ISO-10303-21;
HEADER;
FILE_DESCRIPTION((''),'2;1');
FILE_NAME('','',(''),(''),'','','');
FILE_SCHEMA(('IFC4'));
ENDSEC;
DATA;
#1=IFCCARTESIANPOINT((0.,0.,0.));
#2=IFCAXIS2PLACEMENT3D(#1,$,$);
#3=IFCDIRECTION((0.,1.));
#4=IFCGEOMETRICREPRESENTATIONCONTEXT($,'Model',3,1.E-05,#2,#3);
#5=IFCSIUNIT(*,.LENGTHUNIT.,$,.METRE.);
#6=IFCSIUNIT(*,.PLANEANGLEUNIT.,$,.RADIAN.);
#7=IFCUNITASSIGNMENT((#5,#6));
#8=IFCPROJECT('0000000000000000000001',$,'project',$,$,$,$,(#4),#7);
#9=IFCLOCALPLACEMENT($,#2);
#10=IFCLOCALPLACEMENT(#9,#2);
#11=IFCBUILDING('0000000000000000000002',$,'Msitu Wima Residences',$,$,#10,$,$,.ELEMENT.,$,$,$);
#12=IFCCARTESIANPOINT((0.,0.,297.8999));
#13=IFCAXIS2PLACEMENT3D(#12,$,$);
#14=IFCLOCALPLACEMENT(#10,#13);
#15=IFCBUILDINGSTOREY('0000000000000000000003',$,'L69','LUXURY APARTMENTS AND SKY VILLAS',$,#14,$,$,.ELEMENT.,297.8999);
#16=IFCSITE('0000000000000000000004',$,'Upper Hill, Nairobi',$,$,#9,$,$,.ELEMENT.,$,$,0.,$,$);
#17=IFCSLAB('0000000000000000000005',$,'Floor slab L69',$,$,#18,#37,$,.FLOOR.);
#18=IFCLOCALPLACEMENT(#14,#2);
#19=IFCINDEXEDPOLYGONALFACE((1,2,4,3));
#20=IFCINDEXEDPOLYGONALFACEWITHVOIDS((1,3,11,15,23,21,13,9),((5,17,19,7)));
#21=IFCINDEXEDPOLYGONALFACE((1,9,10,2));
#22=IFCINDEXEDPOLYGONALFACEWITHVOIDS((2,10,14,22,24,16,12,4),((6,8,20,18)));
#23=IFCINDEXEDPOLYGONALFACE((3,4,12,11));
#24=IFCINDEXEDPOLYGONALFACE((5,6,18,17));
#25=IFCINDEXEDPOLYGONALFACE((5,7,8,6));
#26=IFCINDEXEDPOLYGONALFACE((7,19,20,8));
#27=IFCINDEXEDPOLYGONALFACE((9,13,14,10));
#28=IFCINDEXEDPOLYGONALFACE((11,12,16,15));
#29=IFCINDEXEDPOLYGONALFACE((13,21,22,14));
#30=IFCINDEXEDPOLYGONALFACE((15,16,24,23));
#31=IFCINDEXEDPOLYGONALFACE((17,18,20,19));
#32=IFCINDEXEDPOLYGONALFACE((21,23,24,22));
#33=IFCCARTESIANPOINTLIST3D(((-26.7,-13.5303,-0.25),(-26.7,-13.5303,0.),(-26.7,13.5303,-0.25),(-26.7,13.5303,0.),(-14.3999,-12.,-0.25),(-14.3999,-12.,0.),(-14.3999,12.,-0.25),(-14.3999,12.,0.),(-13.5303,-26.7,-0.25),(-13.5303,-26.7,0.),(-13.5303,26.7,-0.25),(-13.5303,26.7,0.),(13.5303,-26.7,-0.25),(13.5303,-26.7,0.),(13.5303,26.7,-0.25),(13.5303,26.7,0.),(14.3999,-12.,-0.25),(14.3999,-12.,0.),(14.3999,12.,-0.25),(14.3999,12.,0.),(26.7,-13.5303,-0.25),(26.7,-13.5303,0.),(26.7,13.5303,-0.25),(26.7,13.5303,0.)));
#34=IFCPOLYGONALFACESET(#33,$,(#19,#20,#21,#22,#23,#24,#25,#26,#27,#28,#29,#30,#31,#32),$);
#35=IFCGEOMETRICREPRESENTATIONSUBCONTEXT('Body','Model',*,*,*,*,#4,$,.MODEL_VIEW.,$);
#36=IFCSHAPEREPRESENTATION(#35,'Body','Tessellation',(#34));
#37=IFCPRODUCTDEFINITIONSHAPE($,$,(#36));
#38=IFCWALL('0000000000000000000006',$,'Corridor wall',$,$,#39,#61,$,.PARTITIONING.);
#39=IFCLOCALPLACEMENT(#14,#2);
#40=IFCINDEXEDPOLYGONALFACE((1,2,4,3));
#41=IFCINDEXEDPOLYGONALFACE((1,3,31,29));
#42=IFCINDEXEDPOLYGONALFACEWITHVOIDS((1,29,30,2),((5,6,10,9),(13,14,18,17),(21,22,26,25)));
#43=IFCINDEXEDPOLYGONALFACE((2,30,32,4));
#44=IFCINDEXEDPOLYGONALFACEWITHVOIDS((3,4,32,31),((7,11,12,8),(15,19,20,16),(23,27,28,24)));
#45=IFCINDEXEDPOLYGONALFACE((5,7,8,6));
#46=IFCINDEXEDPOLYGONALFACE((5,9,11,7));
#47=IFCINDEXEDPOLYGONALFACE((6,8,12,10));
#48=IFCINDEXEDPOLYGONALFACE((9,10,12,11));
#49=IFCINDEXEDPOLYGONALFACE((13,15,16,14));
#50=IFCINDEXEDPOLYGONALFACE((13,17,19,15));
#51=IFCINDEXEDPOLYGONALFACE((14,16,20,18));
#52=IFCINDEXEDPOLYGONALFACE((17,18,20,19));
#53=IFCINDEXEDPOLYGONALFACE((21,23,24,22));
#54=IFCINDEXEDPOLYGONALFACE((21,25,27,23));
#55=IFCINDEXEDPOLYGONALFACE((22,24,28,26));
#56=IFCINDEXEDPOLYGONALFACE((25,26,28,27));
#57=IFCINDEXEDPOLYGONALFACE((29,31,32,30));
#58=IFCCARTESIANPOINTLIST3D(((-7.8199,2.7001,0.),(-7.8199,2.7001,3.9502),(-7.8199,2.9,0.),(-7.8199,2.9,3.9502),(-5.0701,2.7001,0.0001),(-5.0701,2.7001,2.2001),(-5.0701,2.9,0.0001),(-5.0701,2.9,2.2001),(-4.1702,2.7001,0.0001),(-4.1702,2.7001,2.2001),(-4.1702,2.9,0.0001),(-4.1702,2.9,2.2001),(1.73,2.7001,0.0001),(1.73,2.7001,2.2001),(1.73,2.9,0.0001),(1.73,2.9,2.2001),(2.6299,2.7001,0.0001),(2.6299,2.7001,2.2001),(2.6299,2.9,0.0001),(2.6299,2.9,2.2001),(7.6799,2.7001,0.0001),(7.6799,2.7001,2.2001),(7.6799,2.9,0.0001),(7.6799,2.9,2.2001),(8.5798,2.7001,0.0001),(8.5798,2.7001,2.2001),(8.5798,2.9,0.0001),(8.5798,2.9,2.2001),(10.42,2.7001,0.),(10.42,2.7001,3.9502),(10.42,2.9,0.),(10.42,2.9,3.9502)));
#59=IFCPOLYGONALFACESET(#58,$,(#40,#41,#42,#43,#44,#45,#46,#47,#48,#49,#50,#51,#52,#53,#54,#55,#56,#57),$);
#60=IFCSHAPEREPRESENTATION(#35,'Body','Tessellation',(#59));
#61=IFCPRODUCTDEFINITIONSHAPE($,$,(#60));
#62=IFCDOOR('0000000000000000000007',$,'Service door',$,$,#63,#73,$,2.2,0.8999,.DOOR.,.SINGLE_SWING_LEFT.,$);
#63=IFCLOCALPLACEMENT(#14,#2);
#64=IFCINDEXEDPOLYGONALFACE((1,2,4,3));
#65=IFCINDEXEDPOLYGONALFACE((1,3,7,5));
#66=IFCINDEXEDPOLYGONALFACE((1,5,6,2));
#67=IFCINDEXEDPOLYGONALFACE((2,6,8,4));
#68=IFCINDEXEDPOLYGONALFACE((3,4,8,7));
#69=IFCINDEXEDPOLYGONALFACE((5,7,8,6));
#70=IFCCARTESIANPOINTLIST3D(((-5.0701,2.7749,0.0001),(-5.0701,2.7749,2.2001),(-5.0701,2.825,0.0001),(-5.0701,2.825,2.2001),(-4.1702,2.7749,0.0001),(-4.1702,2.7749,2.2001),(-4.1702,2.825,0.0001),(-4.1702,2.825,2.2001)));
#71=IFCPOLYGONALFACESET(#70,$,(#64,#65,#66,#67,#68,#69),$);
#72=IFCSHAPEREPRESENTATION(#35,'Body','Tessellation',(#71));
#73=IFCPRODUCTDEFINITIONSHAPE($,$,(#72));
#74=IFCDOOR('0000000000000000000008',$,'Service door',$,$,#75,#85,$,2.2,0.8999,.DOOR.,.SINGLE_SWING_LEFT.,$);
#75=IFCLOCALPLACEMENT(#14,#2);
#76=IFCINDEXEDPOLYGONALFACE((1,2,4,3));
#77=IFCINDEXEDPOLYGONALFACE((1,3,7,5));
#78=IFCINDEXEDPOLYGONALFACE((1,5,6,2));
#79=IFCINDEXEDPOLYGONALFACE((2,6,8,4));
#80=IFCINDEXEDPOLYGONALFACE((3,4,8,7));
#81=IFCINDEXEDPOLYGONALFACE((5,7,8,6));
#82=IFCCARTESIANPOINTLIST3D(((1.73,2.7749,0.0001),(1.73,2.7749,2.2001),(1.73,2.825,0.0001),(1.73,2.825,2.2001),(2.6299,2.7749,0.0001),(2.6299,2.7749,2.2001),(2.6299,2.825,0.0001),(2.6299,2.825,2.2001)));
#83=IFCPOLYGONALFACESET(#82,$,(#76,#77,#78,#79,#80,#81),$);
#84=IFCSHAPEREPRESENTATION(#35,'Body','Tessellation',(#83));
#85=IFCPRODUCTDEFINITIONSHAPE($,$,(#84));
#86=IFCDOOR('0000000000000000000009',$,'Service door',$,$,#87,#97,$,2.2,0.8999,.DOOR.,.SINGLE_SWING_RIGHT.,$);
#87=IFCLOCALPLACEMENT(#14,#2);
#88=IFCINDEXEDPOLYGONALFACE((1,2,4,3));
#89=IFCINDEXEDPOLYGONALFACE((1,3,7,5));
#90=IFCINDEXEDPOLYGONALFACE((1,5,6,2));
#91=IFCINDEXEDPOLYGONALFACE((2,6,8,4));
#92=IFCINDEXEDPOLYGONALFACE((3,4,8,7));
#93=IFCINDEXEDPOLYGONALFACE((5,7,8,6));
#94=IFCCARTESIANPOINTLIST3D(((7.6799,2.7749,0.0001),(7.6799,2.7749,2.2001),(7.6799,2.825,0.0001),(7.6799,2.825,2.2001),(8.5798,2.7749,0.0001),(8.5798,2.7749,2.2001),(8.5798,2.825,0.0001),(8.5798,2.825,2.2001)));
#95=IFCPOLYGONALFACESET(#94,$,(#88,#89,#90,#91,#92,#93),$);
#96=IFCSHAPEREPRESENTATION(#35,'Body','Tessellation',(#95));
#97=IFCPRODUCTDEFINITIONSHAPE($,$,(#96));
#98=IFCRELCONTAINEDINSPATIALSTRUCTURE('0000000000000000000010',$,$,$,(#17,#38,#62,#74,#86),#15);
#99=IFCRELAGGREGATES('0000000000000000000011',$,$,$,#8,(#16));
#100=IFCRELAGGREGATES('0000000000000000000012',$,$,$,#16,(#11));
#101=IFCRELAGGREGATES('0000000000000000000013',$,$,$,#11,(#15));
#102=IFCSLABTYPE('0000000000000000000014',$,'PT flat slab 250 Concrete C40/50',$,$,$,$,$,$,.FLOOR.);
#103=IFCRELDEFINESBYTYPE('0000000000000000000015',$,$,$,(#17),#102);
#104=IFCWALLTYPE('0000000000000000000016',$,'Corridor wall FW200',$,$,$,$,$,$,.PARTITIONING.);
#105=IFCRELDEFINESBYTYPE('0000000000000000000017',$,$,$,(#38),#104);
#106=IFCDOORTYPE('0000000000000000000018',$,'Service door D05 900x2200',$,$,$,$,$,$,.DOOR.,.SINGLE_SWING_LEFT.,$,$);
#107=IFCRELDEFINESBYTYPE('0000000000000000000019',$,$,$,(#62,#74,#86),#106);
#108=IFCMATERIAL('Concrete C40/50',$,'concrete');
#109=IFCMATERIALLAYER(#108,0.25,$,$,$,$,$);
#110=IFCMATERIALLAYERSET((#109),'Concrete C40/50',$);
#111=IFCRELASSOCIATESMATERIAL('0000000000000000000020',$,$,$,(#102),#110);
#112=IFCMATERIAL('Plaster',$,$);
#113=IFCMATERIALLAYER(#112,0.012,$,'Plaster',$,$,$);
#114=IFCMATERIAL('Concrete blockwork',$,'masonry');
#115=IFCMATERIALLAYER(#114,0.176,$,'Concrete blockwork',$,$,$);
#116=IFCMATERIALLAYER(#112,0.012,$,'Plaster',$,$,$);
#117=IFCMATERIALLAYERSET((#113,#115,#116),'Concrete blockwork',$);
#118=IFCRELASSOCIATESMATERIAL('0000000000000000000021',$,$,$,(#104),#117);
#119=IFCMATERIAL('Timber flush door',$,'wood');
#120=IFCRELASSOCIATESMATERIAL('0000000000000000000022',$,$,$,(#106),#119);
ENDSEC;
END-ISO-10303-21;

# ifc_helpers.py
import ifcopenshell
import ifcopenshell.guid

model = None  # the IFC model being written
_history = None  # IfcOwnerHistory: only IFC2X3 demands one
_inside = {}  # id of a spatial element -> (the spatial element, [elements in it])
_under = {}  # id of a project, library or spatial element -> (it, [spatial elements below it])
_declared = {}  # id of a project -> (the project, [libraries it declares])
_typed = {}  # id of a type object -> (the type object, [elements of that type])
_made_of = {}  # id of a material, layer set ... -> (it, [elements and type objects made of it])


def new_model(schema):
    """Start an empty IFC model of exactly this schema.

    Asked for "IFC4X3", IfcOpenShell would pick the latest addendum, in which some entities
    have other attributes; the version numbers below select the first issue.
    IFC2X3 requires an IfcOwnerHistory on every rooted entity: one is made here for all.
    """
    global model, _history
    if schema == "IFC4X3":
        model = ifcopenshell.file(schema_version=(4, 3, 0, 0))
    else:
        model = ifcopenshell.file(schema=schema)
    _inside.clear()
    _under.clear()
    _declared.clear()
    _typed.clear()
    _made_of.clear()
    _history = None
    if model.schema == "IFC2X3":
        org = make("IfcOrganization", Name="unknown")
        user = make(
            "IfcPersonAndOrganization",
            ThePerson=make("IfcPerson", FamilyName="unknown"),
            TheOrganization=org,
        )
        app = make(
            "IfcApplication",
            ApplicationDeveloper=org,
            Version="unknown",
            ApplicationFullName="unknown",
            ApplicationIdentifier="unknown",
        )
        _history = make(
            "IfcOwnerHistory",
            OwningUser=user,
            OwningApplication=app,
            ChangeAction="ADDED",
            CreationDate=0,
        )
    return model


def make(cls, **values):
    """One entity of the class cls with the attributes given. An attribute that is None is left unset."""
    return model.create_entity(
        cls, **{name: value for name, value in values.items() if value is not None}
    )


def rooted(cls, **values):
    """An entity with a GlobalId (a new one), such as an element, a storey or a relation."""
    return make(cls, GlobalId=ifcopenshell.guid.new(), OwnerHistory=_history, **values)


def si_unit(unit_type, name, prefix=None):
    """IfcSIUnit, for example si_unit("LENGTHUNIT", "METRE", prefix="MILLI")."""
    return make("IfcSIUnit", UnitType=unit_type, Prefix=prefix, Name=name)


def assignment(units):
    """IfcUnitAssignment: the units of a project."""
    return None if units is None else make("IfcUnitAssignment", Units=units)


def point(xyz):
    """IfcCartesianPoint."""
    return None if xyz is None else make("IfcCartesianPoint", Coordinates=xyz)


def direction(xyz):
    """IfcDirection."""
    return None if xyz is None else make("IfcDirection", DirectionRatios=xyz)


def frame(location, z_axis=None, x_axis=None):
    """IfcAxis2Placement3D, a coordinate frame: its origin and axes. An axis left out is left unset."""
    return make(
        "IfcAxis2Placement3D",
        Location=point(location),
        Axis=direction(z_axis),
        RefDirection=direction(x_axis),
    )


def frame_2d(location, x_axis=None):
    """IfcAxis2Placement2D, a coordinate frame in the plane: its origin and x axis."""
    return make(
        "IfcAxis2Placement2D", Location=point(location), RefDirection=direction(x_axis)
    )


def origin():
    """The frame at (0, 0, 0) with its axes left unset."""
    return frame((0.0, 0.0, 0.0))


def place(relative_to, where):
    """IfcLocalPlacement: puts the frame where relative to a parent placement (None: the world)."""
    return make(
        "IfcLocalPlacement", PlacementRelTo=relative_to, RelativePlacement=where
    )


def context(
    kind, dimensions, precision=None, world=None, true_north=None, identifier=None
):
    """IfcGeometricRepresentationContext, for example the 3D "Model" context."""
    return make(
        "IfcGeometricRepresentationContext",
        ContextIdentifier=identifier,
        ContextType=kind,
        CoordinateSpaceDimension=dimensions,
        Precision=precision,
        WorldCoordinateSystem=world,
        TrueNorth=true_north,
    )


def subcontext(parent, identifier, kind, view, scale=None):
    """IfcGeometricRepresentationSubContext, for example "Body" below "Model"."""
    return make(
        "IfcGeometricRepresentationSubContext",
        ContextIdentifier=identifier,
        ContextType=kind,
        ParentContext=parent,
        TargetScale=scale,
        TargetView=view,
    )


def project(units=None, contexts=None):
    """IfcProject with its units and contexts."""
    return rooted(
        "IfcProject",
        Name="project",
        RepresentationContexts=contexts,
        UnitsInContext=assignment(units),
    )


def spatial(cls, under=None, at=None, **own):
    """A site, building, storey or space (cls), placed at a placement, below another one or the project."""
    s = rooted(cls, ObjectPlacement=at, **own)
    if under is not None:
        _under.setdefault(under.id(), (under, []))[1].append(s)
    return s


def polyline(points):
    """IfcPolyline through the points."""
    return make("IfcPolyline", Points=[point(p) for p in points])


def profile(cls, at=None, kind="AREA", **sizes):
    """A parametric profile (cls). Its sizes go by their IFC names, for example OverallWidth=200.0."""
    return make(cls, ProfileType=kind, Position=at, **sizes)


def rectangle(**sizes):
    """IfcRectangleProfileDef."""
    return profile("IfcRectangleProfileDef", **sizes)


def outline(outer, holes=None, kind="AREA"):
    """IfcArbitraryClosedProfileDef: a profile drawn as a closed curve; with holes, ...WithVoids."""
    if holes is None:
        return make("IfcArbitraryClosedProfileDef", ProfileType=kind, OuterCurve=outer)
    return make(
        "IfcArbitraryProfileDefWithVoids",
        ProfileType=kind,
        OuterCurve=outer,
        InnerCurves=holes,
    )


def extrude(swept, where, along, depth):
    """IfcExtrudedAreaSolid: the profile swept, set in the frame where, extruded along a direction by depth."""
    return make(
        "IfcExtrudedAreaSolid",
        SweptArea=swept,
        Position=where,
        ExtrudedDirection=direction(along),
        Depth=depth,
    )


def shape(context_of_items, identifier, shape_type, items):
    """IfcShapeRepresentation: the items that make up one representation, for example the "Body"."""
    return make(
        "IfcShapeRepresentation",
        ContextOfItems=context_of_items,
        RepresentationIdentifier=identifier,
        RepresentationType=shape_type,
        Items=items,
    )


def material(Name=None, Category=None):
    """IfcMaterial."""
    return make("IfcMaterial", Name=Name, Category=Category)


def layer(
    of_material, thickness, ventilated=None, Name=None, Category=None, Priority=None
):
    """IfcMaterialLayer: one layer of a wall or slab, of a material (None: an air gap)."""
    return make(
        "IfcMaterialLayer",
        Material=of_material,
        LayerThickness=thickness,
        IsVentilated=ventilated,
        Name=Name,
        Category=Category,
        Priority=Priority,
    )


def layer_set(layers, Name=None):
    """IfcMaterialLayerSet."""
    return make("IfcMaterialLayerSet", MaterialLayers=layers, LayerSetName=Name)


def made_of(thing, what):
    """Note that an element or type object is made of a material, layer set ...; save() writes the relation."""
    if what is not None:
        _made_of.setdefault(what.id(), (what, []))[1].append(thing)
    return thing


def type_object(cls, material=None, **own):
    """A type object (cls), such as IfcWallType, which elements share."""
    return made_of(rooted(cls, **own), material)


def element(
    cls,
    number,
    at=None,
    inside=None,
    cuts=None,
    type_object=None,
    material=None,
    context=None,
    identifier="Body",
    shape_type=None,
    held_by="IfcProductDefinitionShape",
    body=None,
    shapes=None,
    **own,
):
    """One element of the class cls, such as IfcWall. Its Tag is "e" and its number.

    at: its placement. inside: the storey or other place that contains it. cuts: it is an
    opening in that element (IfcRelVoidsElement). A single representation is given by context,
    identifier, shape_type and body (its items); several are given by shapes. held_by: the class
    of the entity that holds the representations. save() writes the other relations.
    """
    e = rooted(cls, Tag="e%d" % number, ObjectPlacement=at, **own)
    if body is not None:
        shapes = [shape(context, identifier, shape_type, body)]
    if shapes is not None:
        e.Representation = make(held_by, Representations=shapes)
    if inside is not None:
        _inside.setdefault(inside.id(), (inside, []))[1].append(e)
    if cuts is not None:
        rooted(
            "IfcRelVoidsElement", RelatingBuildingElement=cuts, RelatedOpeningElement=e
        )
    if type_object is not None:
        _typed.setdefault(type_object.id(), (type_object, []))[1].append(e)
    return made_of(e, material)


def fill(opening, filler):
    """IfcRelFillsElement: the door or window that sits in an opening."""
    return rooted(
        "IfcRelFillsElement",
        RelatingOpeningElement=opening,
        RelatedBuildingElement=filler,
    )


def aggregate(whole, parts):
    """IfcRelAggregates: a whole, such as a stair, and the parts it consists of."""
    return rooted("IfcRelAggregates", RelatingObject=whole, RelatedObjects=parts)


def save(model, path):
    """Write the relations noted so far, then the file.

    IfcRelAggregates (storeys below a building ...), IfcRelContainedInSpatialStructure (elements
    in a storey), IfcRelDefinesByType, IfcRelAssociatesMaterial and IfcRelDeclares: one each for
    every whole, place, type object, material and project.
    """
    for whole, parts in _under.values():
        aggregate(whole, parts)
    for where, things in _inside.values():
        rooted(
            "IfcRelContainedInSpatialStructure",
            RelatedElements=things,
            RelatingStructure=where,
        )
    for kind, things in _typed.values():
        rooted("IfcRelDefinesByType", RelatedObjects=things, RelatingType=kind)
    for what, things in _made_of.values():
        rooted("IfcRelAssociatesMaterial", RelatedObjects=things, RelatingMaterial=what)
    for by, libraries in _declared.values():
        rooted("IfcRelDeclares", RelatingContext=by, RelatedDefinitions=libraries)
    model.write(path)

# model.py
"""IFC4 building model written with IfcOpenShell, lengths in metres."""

from ifc_helpers import new_model, si_unit, direction, frame, frame_2d, origin, place, context, subcontext, project, spatial, polyline, rectangle, outline, extrude, material, layer, layer_set, type_object, element, fill, save


model = new_model("IFC4")

# Units and contexts
model_context = context("Model", 3, precision=1e-05, world=origin(), true_north=direction((0.0, 1.0)))
body_context = subcontext(model_context, "Body", "Model", "MODEL_VIEW")
ifc_project = project(units=[si_unit("LENGTHUNIT", "METRE"), si_unit("PLANEANGLEUNIT", "RADIAN")], contexts=[model_context])

# Site, building, storey
site_placement = place(None, origin())
site = spatial("IfcSite", under=ifc_project, at=site_placement, Name="Upper Hill, Nairobi", CompositionType="ELEMENT", RefElevation=0.0)
building_placement = place(site_placement, origin())
building = spatial("IfcBuilding", under=site, at=building_placement, Name="Msitu Wima Residences", CompositionType="ELEMENT")
storey_placement = place(building_placement, frame((0.0, 0.0, 297.8999)))
storey = spatial("IfcBuildingStorey", under=building, at=storey_placement, Name="L69", Description="LUXURY APARTMENTS AND SKY VILLAS", CompositionType="ELEMENT", Elevation=297.8999)

# Shared definitions
ifc_material_1 = material(Name="Concrete C40/50", Category="concrete")

# Slab
ifc_layer_1 = layer(ifc_material_1, 0.25)
ifc_layer_set_1 = layer_set([ifc_layer_1], Name="Concrete C40/50")
slab_type_1 = type_object("IfcSlabType", Name="PT flat slab 250 Concrete C40/50", PredefinedType="FLOOR", material=ifc_layer_set_1)
slab_1_placement = place(storey_placement, frame((0.0, 0.0, -0.25)))
element("IfcSlab", 1, at=slab_1_placement, inside=storey, type_object=slab_type_1, Name="Floor slab L69", PredefinedType="FLOOR", context=body_context, shape_type="SweptSolid", body=[
    extrude(outline(polyline([(26.7, -13.5303), (13.5303, -26.7), (-13.5303, -26.7), (-26.7, -13.5303), (-26.7, 13.5303), (-13.5303, 26.7), (13.5303, 26.7), (26.7, 13.5303), (26.7, -13.5303)]), holes=[polyline([(-14.3999, -12.0), (14.3999, -12.0), (14.3999, 12.0), (-14.3999, 12.0), (-14.3999, -12.0)])]), origin(), (0.0, 0.0, 1.0), 0.25),
])

# Wall, openings, doors
ifc_material_2 = material(Name="Plaster")
ifc_layer_2 = layer(ifc_material_2, 0.012, Name="Plaster")
ifc_material_3 = material(Name="Concrete blockwork", Category="masonry")
ifc_layer_3 = layer(ifc_material_3, 0.176, Name="Concrete blockwork")
ifc_layer_4 = layer(ifc_material_2, 0.012, Name="Plaster")
ifc_layer_set_2 = layer_set([ifc_layer_2, ifc_layer_3, ifc_layer_4], Name="Concrete blockwork")
wall_type_1 = type_object("IfcWallType", Name="Corridor wall FW200", PredefinedType="PARTITIONING", material=ifc_layer_set_2)
wall_1_placement = place(storey_placement, frame((-7.8201, 2.8, 0.0), z_axis=(0.0, 0.0, 1.0), x_axis=(1.0, 0.0, 0.0)))
wall_1 = element("IfcWall", 2, at=wall_1_placement, inside=storey, type_object=wall_type_1, Name="Corridor wall", PredefinedType="PARTITIONING", context=body_context, shape_type="SweptSolid", body=[
    extrude(rectangle(XDim=18.24, YDim=0.2, at=frame_2d((9.1201, 0.0))), origin(), (0.0, 0.0, 1.0), 3.9502),
])
opening_1_placement = place(wall_1_placement, frame((2.75, 0.0, 0.0)))
opening_1 = element("IfcOpeningElement", 3, at=opening_1_placement, cuts=wall_1, PredefinedType="OPENING", context=body_context, shape_type="SweptSolid", body=[
    extrude(rectangle(XDim=0.8999, YDim=2.2, at=frame_2d((0.45, 1.1001))), frame((0.0, 0.1099, 0.0), z_axis=(0.0, -1.0, 0.0), x_axis=(1.0, 0.0, 0.0)), (0.0, 0.0, 1.0), 0.22),
])
opening_2_placement = place(wall_1_placement, frame((9.55, 0.0, 0.0)))
opening_2 = element("IfcOpeningElement", 4, at=opening_2_placement, cuts=wall_1, PredefinedType="OPENING", context=body_context, shape_type="SweptSolid", body=[
    extrude(rectangle(XDim=0.8999, YDim=2.2, at=frame_2d((0.45, 1.1001))), frame((0.0, 0.1099, 0.0), z_axis=(0.0, -1.0, 0.0), x_axis=(1.0, 0.0, 0.0)), (0.0, 0.0, 1.0), 0.22),
])
opening_3_placement = place(wall_1_placement, frame((15.5, 0.0, 0.0)))
opening_3 = element("IfcOpeningElement", 5, at=opening_3_placement, cuts=wall_1, PredefinedType="OPENING", context=body_context, shape_type="SweptSolid", body=[
    extrude(rectangle(XDim=0.8999, YDim=2.2, at=frame_2d((0.45, 1.1001))), frame((0.0, 0.1099, 0.0), z_axis=(0.0, -1.0, 0.0), x_axis=(1.0, 0.0, 0.0)), (0.0, 0.0, 1.0), 0.22),
])
ifc_material_4 = material(Name="Timber flush door", Category="wood")
door_type_1 = type_object("IfcDoorType", Name="Service door D05 900x2200", OperationType="SINGLE_SWING_LEFT", PredefinedType="DOOR", material=ifc_material_4)
door_1_placement = place(opening_1_placement, origin())
door_1 = element("IfcDoor", 6, at=door_1_placement, inside=storey, type_object=door_type_1, Name="Service door", OperationType="SINGLE_SWING_LEFT", OverallHeight=2.2, OverallWidth=0.8999, PredefinedType="DOOR", context=body_context, shape_type="SweptSolid", body=[
    extrude(rectangle(XDim=0.8999, YDim=2.2, at=frame_2d((0.45, 1.1001))), frame((0.0, 0.0249, 0.0), z_axis=(0.0, -1.0, 0.0), x_axis=(1.0, 0.0, 0.0)), (0.0, 0.0, 1.0), 0.05),
])
fill(opening_1, door_1)
door_2_placement = place(opening_2_placement, origin())
door_2 = element("IfcDoor", 7, at=door_2_placement, inside=storey, type_object=door_type_1, Name="Service door", OperationType="SINGLE_SWING_LEFT", OverallHeight=2.2, OverallWidth=0.8999, PredefinedType="DOOR", context=body_context, shape_type="SweptSolid", body=[
    extrude(rectangle(XDim=0.8999, YDim=2.2, at=frame_2d((0.45, 1.1001))), frame((0.0, 0.0249, 0.0), z_axis=(0.0, -1.0, 0.0), x_axis=(1.0, 0.0, 0.0)), (0.0, 0.0, 1.0), 0.05),
])
fill(opening_2, door_2)
door_3_placement = place(opening_3_placement, origin())
door_3 = element("IfcDoor", 8, at=door_3_placement, inside=storey, type_object=door_type_1, Name="Service door", OperationType="SINGLE_SWING_RIGHT", OverallHeight=2.2, OverallWidth=0.8999, PredefinedType="DOOR", context=body_context, shape_type="SweptSolid", body=[
    extrude(rectangle(XDim=0.8999, YDim=2.2, at=frame_2d((0.45, 1.1001))), frame((0.0, 0.0249, 0.0), z_axis=(0.0, -1.0, 0.0), x_axis=(1.0, 0.0, 0.0)), (0.0, 0.0, 1.0), 0.05),
])
fill(opening_3, door_3)

save(model, "model.ifc")
